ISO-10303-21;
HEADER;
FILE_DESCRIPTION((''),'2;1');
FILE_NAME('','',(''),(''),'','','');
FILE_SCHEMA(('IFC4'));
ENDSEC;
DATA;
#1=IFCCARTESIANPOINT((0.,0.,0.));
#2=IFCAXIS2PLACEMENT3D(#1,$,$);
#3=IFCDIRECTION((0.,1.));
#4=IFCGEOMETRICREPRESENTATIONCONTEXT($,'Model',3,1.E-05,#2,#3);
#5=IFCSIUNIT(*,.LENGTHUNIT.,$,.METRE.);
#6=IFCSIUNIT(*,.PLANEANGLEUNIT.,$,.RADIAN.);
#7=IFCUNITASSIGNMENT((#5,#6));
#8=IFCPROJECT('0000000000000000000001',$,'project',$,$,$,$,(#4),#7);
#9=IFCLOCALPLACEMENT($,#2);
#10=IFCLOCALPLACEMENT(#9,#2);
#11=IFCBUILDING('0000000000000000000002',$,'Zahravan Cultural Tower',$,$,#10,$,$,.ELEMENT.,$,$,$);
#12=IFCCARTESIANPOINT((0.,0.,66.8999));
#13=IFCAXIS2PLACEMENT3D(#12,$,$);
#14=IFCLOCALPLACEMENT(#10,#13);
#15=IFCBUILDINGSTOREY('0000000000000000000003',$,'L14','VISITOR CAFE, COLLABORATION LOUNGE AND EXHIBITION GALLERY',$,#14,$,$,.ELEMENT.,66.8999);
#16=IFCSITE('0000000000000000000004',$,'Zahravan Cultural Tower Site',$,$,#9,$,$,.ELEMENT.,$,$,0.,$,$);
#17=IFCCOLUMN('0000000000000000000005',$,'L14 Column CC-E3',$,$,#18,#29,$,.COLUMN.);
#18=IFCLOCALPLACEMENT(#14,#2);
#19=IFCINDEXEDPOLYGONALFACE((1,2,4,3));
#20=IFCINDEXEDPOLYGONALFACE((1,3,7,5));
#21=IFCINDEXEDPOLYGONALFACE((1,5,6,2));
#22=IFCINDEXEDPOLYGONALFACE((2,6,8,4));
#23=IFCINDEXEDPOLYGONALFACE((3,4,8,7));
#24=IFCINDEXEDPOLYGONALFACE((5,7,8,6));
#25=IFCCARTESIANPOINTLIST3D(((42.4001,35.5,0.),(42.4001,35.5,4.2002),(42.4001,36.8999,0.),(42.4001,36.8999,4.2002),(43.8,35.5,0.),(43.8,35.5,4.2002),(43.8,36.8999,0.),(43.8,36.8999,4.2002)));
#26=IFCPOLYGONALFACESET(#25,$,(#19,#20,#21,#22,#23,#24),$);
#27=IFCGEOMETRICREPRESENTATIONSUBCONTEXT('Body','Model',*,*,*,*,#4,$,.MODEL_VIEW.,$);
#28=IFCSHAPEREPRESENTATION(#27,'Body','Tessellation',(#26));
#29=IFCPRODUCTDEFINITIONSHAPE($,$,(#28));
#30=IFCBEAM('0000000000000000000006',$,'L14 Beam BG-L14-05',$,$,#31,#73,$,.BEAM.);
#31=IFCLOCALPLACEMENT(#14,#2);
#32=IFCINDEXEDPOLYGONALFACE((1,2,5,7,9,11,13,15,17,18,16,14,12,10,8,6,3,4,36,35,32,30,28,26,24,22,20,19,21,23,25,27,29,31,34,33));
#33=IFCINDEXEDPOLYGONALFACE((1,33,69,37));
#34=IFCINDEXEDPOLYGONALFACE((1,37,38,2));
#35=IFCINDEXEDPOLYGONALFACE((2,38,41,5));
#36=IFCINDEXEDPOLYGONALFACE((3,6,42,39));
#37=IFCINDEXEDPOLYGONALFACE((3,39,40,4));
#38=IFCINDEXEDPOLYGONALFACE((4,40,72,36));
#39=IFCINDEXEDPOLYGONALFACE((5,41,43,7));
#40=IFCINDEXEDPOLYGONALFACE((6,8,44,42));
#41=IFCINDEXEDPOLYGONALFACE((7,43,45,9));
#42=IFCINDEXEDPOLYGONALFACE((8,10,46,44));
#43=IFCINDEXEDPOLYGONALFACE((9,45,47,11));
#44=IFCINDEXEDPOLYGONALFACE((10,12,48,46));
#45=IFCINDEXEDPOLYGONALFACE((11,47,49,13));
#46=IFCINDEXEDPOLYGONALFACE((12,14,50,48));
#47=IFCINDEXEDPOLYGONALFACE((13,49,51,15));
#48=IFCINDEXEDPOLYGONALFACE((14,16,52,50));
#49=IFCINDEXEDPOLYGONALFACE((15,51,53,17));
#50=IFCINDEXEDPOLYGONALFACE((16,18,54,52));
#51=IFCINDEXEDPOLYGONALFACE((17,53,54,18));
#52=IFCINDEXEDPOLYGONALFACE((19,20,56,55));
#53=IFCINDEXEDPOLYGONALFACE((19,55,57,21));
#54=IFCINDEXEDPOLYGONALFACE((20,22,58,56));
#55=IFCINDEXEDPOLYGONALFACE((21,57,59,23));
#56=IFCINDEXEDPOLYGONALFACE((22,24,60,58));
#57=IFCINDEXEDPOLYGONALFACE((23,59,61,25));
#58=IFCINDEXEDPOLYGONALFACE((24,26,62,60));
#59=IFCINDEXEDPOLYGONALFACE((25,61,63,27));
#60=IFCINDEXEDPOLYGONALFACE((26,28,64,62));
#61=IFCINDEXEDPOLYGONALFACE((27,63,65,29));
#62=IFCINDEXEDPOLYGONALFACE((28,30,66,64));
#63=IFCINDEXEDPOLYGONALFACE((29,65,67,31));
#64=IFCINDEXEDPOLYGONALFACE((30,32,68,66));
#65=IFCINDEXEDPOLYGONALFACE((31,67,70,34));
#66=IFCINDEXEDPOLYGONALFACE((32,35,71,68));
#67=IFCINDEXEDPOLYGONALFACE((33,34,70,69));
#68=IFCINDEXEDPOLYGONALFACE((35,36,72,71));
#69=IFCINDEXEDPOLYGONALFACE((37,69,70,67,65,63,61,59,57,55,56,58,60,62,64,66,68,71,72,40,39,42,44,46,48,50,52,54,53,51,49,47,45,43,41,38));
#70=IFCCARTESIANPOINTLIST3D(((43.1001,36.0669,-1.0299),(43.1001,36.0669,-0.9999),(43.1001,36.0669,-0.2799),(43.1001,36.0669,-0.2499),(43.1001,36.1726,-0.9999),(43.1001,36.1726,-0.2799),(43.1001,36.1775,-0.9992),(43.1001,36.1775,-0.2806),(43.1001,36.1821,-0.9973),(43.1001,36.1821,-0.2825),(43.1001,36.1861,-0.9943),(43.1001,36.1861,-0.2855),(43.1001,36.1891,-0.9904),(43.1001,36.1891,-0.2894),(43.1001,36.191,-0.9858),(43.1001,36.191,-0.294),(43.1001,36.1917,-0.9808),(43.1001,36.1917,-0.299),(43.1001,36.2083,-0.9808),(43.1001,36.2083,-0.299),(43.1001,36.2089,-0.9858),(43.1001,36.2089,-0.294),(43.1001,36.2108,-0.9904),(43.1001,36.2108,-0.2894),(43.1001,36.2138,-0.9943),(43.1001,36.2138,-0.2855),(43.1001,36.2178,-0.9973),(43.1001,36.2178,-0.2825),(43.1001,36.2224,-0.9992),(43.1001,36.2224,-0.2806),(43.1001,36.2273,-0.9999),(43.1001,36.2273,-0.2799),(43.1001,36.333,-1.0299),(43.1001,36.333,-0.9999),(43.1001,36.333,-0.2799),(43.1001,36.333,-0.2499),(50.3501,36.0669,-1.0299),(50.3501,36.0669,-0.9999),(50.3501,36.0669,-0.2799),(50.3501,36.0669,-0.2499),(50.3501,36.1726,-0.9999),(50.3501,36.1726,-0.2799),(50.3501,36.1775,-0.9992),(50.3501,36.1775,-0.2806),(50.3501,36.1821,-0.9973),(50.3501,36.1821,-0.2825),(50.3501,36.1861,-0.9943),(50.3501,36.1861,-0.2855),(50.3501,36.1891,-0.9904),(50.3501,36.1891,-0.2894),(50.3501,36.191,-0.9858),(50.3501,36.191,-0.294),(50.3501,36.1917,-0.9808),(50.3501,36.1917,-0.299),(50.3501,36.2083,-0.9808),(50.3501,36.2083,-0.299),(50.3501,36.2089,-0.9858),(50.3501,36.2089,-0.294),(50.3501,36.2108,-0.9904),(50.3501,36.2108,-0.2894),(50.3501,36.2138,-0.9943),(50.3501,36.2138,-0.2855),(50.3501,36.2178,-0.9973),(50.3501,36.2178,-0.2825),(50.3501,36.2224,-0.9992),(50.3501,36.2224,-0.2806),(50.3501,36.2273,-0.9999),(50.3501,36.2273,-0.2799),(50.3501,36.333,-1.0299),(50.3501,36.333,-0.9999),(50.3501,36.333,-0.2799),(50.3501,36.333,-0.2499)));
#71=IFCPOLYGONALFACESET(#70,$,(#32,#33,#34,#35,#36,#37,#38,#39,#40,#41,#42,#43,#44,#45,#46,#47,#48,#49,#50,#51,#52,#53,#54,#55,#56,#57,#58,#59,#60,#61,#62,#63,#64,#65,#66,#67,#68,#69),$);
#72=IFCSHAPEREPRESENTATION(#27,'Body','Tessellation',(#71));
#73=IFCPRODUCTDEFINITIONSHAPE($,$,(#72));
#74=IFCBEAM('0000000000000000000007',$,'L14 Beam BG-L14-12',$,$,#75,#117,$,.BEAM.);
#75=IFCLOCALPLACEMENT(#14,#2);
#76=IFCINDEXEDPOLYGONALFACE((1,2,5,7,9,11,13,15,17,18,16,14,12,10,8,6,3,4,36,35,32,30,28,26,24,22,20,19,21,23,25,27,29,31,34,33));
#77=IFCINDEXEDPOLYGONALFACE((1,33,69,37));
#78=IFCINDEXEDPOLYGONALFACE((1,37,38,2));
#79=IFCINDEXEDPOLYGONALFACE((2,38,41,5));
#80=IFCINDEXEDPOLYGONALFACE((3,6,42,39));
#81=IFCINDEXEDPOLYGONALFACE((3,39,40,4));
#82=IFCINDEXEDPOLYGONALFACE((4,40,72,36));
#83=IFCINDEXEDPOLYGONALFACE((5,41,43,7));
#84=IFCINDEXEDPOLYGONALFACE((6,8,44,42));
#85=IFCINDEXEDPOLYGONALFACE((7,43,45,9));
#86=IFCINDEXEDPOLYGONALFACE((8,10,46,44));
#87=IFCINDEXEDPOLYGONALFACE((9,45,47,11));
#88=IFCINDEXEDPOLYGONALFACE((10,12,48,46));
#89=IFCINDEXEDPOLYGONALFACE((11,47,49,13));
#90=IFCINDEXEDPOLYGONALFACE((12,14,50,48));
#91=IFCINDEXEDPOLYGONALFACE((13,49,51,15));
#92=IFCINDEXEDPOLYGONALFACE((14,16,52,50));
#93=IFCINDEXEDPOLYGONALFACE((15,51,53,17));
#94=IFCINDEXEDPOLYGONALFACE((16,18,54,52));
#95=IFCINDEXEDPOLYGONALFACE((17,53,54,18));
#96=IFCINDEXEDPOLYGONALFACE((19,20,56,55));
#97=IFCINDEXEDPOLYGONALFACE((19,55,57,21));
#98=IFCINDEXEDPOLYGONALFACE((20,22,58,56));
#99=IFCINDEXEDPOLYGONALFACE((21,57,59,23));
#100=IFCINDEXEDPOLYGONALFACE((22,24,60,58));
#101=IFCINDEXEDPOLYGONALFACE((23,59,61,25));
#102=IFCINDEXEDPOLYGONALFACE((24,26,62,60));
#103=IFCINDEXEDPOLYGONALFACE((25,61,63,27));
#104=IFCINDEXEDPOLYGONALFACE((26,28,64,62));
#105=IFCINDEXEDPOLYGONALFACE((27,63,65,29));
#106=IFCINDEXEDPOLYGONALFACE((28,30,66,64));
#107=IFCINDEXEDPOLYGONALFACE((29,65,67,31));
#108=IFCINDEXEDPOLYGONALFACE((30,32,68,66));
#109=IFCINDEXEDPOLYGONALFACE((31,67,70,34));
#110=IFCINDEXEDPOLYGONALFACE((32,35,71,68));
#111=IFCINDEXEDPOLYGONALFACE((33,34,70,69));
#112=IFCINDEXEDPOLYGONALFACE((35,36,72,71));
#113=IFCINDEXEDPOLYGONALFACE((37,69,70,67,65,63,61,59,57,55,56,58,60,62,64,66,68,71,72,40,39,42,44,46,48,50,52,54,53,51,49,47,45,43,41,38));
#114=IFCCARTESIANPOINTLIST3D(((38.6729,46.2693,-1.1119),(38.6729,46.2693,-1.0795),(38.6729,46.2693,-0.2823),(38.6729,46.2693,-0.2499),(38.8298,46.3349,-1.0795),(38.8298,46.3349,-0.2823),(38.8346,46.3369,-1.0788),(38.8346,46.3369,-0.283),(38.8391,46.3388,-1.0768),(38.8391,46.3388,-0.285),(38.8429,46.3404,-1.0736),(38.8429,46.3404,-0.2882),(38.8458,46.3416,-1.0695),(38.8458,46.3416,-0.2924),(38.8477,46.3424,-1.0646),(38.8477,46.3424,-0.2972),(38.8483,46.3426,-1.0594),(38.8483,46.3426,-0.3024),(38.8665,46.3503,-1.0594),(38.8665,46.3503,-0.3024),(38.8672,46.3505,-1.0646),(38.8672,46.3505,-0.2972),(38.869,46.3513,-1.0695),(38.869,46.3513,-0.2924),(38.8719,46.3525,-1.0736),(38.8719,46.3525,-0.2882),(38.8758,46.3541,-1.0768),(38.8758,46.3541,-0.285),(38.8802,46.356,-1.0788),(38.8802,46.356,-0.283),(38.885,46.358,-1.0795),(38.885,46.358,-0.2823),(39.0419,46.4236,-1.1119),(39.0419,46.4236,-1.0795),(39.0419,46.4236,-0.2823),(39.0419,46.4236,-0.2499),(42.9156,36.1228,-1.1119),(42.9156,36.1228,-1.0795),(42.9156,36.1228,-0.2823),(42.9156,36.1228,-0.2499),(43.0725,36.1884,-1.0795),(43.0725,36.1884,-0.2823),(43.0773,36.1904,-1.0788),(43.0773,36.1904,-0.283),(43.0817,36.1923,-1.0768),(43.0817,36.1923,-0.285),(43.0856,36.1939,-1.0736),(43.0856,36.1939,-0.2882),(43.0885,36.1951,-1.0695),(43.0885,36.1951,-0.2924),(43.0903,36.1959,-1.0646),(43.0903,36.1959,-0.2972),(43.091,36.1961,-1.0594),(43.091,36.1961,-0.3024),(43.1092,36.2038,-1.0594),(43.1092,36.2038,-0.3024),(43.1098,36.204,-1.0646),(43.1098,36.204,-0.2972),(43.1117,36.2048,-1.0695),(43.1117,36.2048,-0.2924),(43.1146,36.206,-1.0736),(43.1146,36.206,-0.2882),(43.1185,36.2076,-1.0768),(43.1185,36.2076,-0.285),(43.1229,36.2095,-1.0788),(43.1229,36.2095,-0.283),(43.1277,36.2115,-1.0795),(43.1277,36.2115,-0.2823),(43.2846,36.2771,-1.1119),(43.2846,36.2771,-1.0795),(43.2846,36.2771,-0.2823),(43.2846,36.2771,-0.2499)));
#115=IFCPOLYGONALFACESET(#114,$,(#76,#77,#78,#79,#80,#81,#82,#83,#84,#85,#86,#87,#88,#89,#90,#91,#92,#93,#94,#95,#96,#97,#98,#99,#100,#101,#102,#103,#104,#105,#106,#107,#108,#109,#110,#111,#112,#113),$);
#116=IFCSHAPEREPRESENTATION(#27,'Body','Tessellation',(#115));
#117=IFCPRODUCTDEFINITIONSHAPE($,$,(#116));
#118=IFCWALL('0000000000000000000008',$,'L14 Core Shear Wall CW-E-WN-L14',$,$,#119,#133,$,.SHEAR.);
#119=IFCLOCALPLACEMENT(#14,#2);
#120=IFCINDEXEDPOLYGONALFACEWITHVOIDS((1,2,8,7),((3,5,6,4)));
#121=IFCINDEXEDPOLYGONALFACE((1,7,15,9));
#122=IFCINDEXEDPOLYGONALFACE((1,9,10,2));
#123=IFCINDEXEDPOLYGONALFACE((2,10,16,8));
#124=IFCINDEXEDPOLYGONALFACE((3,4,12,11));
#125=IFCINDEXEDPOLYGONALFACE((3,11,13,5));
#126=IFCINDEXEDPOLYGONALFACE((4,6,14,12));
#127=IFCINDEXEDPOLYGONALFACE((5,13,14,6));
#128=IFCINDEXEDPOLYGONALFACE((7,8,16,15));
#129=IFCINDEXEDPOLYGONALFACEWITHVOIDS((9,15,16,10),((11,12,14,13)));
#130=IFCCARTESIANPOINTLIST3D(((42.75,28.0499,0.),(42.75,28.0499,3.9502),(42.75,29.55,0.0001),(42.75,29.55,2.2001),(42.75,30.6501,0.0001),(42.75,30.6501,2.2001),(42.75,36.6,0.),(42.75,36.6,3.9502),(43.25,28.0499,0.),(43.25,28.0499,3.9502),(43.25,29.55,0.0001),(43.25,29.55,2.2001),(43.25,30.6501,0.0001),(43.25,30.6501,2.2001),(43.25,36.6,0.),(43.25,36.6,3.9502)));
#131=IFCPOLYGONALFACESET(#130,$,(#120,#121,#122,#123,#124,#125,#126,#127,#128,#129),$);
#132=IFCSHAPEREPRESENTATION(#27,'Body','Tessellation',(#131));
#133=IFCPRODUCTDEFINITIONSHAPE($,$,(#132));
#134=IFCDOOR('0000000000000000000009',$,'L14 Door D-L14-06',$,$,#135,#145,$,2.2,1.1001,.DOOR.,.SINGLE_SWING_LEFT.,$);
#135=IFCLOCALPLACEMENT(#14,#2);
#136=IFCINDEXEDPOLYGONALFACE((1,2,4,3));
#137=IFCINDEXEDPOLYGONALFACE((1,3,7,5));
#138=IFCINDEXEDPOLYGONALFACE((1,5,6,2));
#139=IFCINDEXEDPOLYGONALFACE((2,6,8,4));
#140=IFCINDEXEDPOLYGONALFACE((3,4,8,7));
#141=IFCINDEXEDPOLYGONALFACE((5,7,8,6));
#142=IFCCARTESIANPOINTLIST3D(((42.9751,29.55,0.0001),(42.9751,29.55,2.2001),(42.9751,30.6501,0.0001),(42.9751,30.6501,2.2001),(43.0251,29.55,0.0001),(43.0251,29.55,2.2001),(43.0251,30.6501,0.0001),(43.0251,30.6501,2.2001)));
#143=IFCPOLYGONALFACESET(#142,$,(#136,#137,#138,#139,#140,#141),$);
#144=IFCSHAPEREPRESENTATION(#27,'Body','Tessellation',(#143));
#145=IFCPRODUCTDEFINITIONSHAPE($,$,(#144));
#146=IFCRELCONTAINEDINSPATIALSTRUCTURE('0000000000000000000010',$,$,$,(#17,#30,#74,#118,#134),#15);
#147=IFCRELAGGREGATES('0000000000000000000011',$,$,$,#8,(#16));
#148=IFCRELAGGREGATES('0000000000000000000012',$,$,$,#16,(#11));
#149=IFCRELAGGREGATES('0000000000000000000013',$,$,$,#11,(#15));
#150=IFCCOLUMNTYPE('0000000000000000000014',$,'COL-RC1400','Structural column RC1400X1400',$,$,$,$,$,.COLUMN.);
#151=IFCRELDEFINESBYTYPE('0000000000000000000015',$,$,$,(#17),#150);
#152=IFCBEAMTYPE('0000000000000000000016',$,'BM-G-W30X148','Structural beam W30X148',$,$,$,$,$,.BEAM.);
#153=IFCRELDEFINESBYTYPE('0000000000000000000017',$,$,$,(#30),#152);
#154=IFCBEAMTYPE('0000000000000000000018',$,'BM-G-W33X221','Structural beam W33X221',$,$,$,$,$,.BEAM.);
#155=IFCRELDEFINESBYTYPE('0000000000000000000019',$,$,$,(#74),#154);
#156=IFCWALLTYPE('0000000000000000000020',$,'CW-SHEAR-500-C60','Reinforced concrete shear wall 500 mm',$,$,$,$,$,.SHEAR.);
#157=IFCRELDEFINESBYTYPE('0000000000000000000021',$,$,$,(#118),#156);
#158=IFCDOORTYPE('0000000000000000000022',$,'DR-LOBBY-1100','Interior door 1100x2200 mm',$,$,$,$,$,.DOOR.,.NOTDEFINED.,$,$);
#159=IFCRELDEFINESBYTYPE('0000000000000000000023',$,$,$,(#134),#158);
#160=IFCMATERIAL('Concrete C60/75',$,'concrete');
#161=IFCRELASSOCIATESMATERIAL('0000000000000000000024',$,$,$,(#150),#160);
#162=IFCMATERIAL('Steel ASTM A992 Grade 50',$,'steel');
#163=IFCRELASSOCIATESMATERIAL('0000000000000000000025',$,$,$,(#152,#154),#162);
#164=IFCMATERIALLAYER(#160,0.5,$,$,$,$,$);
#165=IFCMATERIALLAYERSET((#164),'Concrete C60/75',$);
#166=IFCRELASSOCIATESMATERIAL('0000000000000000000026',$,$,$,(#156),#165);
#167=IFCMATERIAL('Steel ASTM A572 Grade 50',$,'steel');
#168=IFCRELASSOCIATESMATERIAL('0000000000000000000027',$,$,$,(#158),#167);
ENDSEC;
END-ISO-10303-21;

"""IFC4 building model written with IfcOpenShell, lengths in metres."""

from ifc_helpers import new_model, si_unit, direction, frame, frame_2d, origin, origin_2d, place, context, subcontext, project, spatial, rectangle, i_section, extrude, source, transform, mapped, material, layer, layer_set, material_profile, profile_set, type_object, element, fill, save


model = new_model("IFC4")

# Units and contexts
model_context = context("Model", 3, precision=1e-05, world=origin(), true_north=direction((0.0, 1.0)))
body_context = subcontext(model_context, "Body", "Model", "MODEL_VIEW")
ifc_project = project(units=[si_unit("LENGTHUNIT", "METRE"), si_unit("PLANEANGLEUNIT", "RADIAN")], contexts=[model_context])

# Site, building, storey
site_placement = place(None, origin())
site = spatial("IfcSite", under=ifc_project, at=site_placement, Name="Zahravan Cultural Tower Site", CompositionType="ELEMENT", RefElevation=0.0)
building_placement = place(site_placement, origin())
building = spatial("IfcBuilding", under=site, at=building_placement, Name="Zahravan Cultural Tower", CompositionType="ELEMENT")
storey_placement = place(building_placement, frame((0.0, 0.0, 66.8999)))
storey = spatial("IfcBuildingStorey", under=building, at=storey_placement, Name="L14", Description="VISITOR CAFE, COLLABORATION LOUNGE AND EXHIBITION GALLERY", CompositionType="ELEMENT", Elevation=66.8999)

# Column
ifc_material_1 = material(Name="Concrete C60/75", Category="concrete")
ifc_material_profile_1 = material_profile(ifc_material_1, rectangle(XDim=1.3999, YDim=1.3999, at=origin_2d()), Name="RC1400X1400")
ifc_profile_set_1 = profile_set([ifc_material_profile_1], Name="Concrete C60/75")
column_type = type_object("IfcColumnType", Name="COL-RC1400", Description="Structural column RC1400X1400", PredefinedType="COLUMN", material=ifc_profile_set_1)
shared_shape_1 = source(origin(), body_context, "Body", "SweptSolid", [
    extrude(rectangle(XDim=1.3999, YDim=1.3999, at=origin_2d()), origin(), (0.0, 0.0, 1.0), 4.2002),
])
column_placement = place(storey_placement, frame((43.1001, 36.2, 0.0), z_axis=(0.0, 0.0, 1.0), x_axis=(1.0, 0.0, 0.0)))
element("IfcColumn", 1, at=column_placement, inside=storey, type_object=column_type, Name="L14 Column CC-E3", PredefinedType="COLUMN", context=body_context, shape_type="MappedRepresentation", body=[
    mapped(shared_shape_1, transform((0.0, 0.0, 0.0), x_axis=(1.0, 0.0, 0.0), y_axis=(0.0, 1.0, 0.0), z_axis=(0.0, 0.0, 1.0), scale=1.0)),
])

# Beams
ifc_material_2 = material(Name="Steel ASTM A992 Grade 50", Category="steel")
ifc_material_profile_2 = material_profile(ifc_material_2, i_section(OverallWidth=0.2661, OverallDepth=0.78, WebThickness=0.0166, FlangeThickness=0.03, FilletRadius=0.019, at=origin_2d()), Name="W30X148")
ifc_profile_set_2 = profile_set([ifc_material_profile_2], Name="Steel ASTM A992 Grade 50")
beam_type_1 = type_object("IfcBeamType", Name="BM-G-W30X148", Description="Structural beam W30X148", PredefinedType="BEAM", material=ifc_profile_set_2)
shared_shape_2 = source(origin(), body_context, "Body", "SweptSolid", [
    extrude(i_section(OverallWidth=0.2661, OverallDepth=0.78, WebThickness=0.0166, FlangeThickness=0.03, FilletRadius=0.019, at=origin_2d()), origin(), (0.0, 0.0, 1.0), 7.25),
])
beam_1_placement = place(storey_placement, frame((43.1001, 36.2, -0.6399), z_axis=(1.0, 0.0, 0.0), x_axis=(0.0, 1.0, 0.0)))
element("IfcBeam", 2, at=beam_1_placement, inside=storey, type_object=beam_type_1, Name="L14 Beam BG-L14-05", PredefinedType="BEAM", context=body_context, shape_type="MappedRepresentation", body=[
    mapped(shared_shape_2, transform((0.0, 0.0, 0.0), x_axis=(1.0, 0.0, 0.0), y_axis=(0.0, 1.0, 0.0), z_axis=(0.0, 0.0, 1.0), scale=1.0)),
])
ifc_material_profile_3 = material_profile(ifc_material_2, i_section(OverallWidth=0.3999, OverallDepth=0.8621, WebThickness=0.0198, FlangeThickness=0.0325, FilletRadius=0.02, at=origin_2d()), Name="W33X221")
ifc_profile_set_3 = profile_set([ifc_material_profile_3], Name="Steel ASTM A992 Grade 50")
beam_type_2 = type_object("IfcBeamType", Name="BM-G-W33X221", Description="Structural beam W33X221", PredefinedType="BEAM", material=ifc_profile_set_3)
shared_shape_3 = source(origin(), body_context, "Body", "SweptSolid", [
    extrude(i_section(OverallWidth=0.3999, OverallDepth=0.8621, WebThickness=0.0198, FlangeThickness=0.0325, FilletRadius=0.02, at=origin_2d()), origin(), (0.0, 0.0, 1.0), 10.9978),
])
beam_2_placement = place(storey_placement, frame((43.1001, 36.2, -0.6809), z_axis=(-0.385775, 0.922593, 0.0), x_axis=(-0.922593, -0.385775, 0.0)))
element("IfcBeam", 3, at=beam_2_placement, inside=storey, type_object=beam_type_2, Name="L14 Beam BG-L14-12", PredefinedType="BEAM", context=body_context, shape_type="MappedRepresentation", body=[
    mapped(shared_shape_3, transform((0.0, 0.0, 0.0), x_axis=(1.0, 0.0, 0.0), y_axis=(0.0, 1.0, 0.0), z_axis=(0.0, 0.0, 1.0), scale=1.0)),
])

# Wall, opening, door
ifc_layer_1 = layer(ifc_material_1, 0.5)
ifc_layer_set_1 = layer_set([ifc_layer_1], Name="Concrete C60/75")
wall_type_1 = type_object("IfcWallType", Name="CW-SHEAR-500-C60", Description="Reinforced concrete shear wall 500 mm", PredefinedType="SHEAR", material=ifc_layer_set_1)
wall_1_placement = place(storey_placement, frame((43.0, 28.05, 0.0), z_axis=(0.0, 0.0, 1.0), x_axis=(0.0, 1.0, 0.0)))
wall_1 = element("IfcWall", 4, at=wall_1_placement, inside=storey, type_object=wall_type_1, Name="L14 Core Shear Wall CW-E-WN-L14", PredefinedType="SHEAR", context=body_context, shape_type="SweptSolid", body=[
    extrude(rectangle(XDim=8.55, YDim=0.5, at=frame_2d((4.2749, 0.0))), origin(), (0.0, 0.0, 1.0), 3.9502),
])
opening_1_placement = place(wall_1_placement, frame((1.5, 0.0, 0.0)))
opening_1 = element("IfcOpeningElement", 5, at=opening_1_placement, cuts=wall_1, PredefinedType="OPENING", context=body_context, shape_type="SweptSolid", body=[
    extrude(rectangle(XDim=1.1001, YDim=2.2, at=frame_2d((0.55, 1.1001))), frame((0.0, 0.26, 0.0), z_axis=(0.0, -1.0, 0.0), x_axis=(1.0, 0.0, 0.0)), (0.0, 0.0, 1.0), 0.52),
])
ifc_material_3 = material(Name="Steel ASTM A572 Grade 50", Category="steel")
door_type_1 = type_object("IfcDoorType", Name="DR-LOBBY-1100", Description="Interior door 1100x2200 mm", OperationType="NOTDEFINED", PredefinedType="DOOR", material=ifc_material_3)
shared_shape_4 = source(origin(), body_context, "Body", "SweptSolid", [
    extrude(rectangle(XDim=1.1001, YDim=2.2, at=frame_2d((0.55, 1.1001))), frame((0.0, 0.0249, 0.0), z_axis=(0.0, -1.0, 0.0), x_axis=(1.0, 0.0, 0.0)), (0.0, 0.0, 1.0), 0.05),
])
door_1_placement = place(opening_1_placement, origin())
door_1 = element("IfcDoor", 6, at=door_1_placement, inside=storey, type_object=door_type_1, Name="L14 Door D-L14-06", OperationType="SINGLE_SWING_LEFT", OverallHeight=2.2, OverallWidth=1.1001, PredefinedType="DOOR", context=body_context, shape_type="MappedRepresentation", body=[
    mapped(shared_shape_4, transform((0.0, 0.0, 0.0), x_axis=(1.0, 0.0, 0.0), y_axis=(0.0, 1.0, 0.0), z_axis=(0.0, 0.0, 1.0), scale=1.0)),
])
fill(opening_1, door_1)

save(model, "model.ifc")
